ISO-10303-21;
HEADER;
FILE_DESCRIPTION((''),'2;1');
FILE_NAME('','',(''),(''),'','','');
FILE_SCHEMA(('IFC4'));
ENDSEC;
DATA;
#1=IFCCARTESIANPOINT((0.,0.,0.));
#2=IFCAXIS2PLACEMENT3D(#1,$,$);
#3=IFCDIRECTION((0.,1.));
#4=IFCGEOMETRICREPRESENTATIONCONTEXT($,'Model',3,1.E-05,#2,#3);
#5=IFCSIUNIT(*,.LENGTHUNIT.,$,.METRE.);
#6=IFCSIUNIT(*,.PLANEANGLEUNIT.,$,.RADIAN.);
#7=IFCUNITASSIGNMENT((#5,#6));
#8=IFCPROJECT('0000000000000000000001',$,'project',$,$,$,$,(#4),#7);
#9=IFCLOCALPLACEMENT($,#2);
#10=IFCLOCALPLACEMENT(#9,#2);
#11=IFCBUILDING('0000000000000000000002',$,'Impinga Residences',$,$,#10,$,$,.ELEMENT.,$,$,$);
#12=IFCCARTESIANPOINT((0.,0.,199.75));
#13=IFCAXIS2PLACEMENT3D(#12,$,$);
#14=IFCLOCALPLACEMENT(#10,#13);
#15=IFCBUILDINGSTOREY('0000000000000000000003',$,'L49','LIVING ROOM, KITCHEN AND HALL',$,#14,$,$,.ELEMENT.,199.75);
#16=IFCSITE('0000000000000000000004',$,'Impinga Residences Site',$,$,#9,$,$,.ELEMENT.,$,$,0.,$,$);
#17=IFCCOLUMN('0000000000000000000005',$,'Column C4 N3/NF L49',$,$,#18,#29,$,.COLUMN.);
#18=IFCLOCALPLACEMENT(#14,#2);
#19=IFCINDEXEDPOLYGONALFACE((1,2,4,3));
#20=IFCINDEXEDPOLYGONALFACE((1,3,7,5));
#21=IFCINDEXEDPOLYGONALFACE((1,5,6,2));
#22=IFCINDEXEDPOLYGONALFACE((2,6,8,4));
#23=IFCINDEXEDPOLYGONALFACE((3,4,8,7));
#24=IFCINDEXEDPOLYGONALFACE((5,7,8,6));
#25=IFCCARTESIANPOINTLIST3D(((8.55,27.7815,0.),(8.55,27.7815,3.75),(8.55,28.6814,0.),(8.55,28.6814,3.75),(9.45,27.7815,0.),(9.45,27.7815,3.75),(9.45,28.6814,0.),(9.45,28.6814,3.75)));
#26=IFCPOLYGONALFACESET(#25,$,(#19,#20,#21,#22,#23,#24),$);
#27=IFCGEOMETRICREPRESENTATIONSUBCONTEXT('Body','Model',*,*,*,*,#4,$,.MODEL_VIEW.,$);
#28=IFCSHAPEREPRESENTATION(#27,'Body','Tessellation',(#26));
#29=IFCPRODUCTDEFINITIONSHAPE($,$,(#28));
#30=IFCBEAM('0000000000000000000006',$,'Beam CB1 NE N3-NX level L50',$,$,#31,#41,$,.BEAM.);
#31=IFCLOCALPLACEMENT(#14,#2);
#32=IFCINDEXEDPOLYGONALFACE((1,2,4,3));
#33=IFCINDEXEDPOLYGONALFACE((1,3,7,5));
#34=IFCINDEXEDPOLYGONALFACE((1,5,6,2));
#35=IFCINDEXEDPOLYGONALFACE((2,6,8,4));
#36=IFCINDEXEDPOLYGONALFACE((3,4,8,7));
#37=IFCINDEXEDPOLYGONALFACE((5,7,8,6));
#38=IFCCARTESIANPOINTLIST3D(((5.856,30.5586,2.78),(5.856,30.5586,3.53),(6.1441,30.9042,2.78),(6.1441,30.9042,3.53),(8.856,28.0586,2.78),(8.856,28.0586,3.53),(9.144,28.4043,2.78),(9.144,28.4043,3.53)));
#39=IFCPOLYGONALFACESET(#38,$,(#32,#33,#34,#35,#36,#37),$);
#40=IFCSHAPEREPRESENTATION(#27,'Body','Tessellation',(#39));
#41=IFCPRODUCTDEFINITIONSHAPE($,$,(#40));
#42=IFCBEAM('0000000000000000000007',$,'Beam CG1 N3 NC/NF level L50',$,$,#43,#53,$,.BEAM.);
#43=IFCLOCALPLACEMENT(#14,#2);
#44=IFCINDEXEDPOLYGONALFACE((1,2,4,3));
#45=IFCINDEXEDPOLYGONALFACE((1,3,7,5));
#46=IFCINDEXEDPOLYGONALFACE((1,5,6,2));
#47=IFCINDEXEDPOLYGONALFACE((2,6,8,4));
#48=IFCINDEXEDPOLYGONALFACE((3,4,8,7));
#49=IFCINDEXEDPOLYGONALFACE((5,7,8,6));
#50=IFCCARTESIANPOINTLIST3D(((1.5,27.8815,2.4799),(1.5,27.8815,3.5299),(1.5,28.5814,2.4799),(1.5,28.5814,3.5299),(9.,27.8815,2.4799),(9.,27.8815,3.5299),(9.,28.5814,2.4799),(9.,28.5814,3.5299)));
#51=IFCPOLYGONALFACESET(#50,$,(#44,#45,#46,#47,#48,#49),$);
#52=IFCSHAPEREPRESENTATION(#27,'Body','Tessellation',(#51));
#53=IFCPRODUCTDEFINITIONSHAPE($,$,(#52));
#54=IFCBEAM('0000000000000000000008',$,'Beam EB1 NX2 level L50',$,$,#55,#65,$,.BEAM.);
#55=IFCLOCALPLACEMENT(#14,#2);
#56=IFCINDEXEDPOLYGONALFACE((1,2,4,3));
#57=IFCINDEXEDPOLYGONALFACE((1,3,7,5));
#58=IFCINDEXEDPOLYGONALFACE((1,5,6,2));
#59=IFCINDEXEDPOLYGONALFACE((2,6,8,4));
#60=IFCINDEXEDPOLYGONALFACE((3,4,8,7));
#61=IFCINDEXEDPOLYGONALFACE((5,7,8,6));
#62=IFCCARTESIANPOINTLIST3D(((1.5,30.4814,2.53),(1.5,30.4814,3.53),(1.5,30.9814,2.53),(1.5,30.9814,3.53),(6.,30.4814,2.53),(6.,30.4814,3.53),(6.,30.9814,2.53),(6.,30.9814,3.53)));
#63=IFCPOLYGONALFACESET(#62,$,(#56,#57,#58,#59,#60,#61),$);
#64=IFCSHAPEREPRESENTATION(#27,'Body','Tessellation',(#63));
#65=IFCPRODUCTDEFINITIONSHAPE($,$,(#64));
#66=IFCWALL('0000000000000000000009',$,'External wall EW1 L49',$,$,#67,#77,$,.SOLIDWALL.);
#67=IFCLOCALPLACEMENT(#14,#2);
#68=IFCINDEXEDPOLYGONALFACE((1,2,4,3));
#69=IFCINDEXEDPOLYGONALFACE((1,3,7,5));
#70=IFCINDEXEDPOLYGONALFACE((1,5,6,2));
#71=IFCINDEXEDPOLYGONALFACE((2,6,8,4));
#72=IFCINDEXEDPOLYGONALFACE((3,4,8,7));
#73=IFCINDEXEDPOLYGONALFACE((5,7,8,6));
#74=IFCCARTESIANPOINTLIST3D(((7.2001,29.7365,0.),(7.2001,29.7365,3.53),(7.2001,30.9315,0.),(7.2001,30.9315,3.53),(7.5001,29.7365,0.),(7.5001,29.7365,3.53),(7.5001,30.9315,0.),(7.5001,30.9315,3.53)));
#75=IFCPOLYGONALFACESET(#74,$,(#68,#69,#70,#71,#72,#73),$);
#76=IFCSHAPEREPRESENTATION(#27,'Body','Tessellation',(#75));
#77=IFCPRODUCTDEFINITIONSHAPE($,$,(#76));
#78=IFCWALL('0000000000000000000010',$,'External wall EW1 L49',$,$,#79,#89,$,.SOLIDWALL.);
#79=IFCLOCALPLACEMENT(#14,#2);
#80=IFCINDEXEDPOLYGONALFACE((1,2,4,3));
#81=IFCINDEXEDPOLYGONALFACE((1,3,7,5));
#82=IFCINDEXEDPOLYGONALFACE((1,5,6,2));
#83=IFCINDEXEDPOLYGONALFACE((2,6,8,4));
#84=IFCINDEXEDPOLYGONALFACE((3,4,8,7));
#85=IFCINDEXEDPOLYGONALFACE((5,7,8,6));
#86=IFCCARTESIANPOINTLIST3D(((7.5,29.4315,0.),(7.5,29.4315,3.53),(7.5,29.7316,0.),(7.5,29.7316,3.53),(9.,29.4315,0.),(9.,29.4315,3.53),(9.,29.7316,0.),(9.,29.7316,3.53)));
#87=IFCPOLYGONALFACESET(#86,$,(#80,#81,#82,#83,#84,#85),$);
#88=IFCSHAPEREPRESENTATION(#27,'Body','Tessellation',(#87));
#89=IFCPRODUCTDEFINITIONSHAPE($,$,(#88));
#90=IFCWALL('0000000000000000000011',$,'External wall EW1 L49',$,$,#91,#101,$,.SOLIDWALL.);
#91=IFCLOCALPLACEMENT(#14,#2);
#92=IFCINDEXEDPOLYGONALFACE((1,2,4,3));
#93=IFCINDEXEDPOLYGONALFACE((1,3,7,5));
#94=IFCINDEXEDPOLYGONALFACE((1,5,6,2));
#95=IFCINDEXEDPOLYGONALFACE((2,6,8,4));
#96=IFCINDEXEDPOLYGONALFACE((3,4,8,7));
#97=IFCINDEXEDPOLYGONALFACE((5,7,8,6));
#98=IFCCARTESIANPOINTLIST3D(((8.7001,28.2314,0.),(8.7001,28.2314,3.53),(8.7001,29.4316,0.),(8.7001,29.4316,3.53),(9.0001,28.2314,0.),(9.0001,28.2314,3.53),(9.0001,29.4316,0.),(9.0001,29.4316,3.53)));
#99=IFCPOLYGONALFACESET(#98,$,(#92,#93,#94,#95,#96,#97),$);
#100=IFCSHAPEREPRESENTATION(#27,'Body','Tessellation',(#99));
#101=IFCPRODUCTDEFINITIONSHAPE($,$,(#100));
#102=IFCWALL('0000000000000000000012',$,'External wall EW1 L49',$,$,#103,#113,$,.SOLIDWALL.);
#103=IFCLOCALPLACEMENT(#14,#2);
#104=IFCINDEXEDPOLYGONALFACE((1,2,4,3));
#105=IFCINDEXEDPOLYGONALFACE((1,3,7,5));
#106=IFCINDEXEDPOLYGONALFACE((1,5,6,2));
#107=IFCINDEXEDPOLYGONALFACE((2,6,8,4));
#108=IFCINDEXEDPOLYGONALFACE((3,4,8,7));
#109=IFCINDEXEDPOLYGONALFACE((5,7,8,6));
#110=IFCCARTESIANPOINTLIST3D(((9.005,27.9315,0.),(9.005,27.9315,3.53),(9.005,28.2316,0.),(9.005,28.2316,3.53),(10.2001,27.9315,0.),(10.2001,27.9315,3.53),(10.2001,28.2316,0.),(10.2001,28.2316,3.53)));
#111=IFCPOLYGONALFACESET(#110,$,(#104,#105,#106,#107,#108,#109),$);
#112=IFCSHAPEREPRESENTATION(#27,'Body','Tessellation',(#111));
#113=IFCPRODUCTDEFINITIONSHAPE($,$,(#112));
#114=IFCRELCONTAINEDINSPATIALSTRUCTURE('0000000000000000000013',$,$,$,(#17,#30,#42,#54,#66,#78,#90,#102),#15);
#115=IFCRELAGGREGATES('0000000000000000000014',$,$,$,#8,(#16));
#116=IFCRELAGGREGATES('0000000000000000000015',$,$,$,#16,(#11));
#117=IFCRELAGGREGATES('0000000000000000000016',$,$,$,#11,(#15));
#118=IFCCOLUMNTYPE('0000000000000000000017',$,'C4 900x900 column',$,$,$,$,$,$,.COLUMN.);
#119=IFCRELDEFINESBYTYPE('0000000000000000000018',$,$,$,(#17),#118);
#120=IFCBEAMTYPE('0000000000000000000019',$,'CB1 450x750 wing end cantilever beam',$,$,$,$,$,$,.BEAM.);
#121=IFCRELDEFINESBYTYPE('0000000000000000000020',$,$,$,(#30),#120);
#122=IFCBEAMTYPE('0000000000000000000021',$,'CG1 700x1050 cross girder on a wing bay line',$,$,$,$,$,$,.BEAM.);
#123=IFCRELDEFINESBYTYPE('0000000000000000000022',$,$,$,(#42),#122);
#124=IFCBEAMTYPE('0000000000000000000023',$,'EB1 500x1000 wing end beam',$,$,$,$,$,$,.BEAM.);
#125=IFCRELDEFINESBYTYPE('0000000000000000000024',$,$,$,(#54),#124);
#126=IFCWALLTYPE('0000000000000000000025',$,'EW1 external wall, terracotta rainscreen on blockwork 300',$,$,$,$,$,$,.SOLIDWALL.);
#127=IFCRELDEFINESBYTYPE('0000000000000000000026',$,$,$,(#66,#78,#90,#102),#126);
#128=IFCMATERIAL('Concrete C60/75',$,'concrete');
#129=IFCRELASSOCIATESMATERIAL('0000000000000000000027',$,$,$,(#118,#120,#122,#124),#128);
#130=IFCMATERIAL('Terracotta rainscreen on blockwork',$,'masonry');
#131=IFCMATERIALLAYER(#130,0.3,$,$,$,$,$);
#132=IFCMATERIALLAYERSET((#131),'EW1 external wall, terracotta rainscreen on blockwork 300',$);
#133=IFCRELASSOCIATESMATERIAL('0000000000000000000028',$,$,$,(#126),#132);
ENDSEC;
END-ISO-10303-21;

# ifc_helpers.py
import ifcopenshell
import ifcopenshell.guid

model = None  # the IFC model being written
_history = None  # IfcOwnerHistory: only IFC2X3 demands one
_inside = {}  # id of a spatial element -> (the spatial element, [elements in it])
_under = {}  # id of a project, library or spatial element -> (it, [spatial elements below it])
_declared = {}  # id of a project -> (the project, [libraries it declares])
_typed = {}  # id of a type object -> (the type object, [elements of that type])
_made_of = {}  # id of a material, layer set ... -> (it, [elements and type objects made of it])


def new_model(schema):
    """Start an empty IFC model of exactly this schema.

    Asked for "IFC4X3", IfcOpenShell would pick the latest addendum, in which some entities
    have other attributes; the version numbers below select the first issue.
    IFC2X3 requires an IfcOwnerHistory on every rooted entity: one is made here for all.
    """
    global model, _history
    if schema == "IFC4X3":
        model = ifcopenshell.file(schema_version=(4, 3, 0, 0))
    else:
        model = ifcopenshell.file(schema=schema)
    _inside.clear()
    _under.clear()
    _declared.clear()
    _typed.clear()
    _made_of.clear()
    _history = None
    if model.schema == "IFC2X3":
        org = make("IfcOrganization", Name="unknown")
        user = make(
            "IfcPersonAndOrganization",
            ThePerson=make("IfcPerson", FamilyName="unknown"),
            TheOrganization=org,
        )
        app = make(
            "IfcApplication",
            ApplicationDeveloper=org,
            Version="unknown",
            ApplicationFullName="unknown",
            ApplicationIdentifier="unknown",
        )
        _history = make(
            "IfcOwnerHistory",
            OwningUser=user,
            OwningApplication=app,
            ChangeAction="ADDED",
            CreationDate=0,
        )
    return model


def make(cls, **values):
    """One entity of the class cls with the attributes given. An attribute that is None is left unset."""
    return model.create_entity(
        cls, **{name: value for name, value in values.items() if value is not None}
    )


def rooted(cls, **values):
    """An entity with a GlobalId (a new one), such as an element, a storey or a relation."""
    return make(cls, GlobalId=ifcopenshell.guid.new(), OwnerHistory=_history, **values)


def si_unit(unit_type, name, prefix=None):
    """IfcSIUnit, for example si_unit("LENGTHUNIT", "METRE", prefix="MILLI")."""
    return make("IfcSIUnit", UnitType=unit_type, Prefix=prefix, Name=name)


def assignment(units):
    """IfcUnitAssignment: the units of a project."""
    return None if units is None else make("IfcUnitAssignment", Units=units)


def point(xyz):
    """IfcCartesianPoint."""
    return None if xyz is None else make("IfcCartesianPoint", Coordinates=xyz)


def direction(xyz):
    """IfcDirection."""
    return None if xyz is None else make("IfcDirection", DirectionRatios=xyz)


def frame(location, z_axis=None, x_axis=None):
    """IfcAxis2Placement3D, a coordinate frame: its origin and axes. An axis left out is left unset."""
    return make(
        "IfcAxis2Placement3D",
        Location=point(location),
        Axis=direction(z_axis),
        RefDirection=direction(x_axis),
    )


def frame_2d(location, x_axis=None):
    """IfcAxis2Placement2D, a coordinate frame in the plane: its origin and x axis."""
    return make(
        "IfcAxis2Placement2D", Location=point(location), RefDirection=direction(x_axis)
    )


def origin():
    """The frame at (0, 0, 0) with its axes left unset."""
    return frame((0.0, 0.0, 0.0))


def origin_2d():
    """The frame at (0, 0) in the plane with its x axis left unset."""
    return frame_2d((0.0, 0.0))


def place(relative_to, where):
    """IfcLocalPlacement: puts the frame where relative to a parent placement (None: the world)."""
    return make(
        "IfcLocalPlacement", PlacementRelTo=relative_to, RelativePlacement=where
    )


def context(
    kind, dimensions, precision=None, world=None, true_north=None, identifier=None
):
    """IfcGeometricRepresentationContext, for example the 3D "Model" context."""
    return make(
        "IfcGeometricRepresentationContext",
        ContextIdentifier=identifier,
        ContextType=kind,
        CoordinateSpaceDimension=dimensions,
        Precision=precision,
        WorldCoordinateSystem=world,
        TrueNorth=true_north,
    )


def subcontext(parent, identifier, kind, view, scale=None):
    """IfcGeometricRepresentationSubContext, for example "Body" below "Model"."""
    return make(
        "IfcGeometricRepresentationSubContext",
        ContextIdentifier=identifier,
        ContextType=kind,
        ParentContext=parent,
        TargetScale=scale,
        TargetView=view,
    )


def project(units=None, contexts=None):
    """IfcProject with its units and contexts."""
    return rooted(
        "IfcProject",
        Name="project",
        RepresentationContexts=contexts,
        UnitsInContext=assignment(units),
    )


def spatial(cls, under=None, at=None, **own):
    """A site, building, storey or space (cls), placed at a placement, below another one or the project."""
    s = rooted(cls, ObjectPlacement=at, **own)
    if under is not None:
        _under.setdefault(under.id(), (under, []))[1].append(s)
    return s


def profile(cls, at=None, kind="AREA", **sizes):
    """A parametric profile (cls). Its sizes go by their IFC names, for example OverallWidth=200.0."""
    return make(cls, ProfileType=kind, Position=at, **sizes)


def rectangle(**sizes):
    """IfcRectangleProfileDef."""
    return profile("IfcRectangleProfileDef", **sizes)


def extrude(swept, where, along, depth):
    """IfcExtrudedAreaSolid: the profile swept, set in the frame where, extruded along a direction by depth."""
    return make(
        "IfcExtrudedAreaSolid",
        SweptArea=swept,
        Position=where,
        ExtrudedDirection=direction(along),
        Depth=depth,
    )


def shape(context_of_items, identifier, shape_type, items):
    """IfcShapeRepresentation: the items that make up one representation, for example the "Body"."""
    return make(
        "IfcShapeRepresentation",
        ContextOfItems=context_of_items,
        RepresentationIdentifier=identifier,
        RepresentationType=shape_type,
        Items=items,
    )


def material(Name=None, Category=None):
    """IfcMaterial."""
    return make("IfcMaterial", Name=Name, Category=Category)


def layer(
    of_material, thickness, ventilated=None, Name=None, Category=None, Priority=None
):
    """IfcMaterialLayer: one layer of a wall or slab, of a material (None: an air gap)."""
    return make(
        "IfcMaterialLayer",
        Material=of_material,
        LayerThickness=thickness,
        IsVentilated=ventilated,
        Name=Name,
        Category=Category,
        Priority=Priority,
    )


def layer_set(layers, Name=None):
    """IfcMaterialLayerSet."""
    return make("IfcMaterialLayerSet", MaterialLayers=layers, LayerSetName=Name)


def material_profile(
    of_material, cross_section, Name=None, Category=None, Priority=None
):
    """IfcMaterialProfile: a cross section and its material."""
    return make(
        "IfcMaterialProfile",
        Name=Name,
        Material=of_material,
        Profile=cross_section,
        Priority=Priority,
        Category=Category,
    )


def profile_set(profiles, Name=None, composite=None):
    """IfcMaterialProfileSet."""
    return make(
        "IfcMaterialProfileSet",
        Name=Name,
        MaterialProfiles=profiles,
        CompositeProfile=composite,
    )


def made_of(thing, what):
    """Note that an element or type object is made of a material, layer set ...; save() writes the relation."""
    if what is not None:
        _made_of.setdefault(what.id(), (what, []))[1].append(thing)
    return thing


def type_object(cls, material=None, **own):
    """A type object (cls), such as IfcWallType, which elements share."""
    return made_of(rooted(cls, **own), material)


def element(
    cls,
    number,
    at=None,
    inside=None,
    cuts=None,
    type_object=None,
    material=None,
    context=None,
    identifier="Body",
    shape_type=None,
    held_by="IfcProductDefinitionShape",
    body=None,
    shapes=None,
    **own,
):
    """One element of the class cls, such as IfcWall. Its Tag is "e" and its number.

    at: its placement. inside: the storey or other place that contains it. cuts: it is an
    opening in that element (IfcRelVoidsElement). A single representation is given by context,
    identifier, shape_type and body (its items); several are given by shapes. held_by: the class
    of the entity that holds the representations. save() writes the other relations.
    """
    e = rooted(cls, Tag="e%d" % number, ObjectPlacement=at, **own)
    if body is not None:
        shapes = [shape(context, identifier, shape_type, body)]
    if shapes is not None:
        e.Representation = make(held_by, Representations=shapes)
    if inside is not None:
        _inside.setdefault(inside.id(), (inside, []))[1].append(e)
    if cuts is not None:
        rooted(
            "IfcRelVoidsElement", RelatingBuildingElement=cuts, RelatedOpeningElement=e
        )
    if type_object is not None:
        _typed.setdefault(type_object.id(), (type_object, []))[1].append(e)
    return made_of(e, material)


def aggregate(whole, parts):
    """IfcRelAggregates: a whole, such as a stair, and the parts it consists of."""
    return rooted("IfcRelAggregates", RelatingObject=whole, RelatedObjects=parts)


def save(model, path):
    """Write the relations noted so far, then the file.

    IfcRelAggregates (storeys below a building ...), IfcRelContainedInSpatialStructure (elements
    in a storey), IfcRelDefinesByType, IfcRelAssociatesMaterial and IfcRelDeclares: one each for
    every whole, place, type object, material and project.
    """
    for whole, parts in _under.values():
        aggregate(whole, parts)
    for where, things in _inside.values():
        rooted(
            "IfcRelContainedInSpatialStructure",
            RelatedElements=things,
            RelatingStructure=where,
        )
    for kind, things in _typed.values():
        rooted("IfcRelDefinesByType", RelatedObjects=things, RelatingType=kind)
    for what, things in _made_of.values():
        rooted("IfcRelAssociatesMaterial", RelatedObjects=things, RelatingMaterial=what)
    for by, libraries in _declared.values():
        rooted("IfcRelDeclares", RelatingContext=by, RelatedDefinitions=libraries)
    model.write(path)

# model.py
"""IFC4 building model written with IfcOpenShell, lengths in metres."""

from ifc_helpers import new_model, si_unit, direction, frame, frame_2d, origin, origin_2d, place, context, subcontext, project, spatial, rectangle, extrude, material, layer, layer_set, material_profile, profile_set, type_object, element, save


model = new_model("IFC4")

# Units and contexts
model_context = context("Model", 3, precision=1e-05, world=origin(), true_north=direction((0.0, 1.0)))
body_context = subcontext(model_context, "Body", "Model", "MODEL_VIEW")
ifc_project = project(units=[si_unit("LENGTHUNIT", "METRE"), si_unit("PLANEANGLEUNIT", "RADIAN")], contexts=[model_context])

# Site, building, storey
site_placement = place(None, origin())
site = spatial("IfcSite", under=ifc_project, at=site_placement, Name="Impinga Residences Site", CompositionType="ELEMENT", RefElevation=0.0)
building_placement = place(site_placement, origin())
building = spatial("IfcBuilding", under=site, at=building_placement, Name="Impinga Residences", CompositionType="ELEMENT")
storey_placement = place(building_placement, frame((0.0, 0.0, 199.75)))
storey = spatial("IfcBuildingStorey", under=building, at=storey_placement, Name="L49", Description="LIVING ROOM, KITCHEN AND HALL", CompositionType="ELEMENT", Elevation=199.75)

# Column
ifc_material_1 = material(Name="Concrete C60/75", Category="concrete")
ifc_material_profile_1 = material_profile(ifc_material_1, rectangle(XDim=0.8999, YDim=0.8999, at=origin_2d()), Name="RC 900x900")
ifc_profile_set_1 = profile_set([ifc_material_profile_1], Name="Concrete C60/75")
column_type = type_object("IfcColumnType", Name="C4 900x900 column", PredefinedType="COLUMN", material=ifc_profile_set_1)
column_placement = place(storey_placement, frame((9.0, 28.2314, 0.0), z_axis=(0.0, 0.0, 1.0), x_axis=(1.0, 0.0, 0.0)))
element("IfcColumn", 1, at=column_placement, inside=storey, type_object=column_type, Name="Column C4 N3/NF L49", PredefinedType="COLUMN", context=body_context, shape_type="SweptSolid", body=[
    extrude(rectangle(XDim=0.8999, YDim=0.8999, at=origin_2d()), origin(), (0.0, 0.0, 1.0), 3.75),
])

# Beams
ifc_material_profile_2 = material_profile(ifc_material_1, rectangle(XDim=0.45, YDim=0.75, at=origin_2d()), Name="RC 450x750")
ifc_profile_set_2 = profile_set([ifc_material_profile_2], Name="Concrete C60/75")
beam_type_1 = type_object("IfcBeamType", Name="CB1 450x750 wing end cantilever beam", PredefinedType="BEAM", material=ifc_profile_set_2)
beam_1_placement = place(storey_placement, frame((9.0, 28.2314, 3.155), z_axis=(-0.768221, 0.640184, 0.0), x_axis=(-0.640184, -0.768221, 0.0)))
element("IfcBeam", 2, at=beam_1_placement, inside=storey, type_object=beam_type_1, Name="Beam CB1 NE N3-NX level L50", PredefinedType="BEAM", context=body_context, shape_type="SweptSolid", body=[
    extrude(rectangle(XDim=0.45, YDim=0.75, at=origin_2d()), origin(), (0.0, 0.0, 1.0), 3.905),
])
ifc_material_profile_3 = material_profile(ifc_material_1, rectangle(XDim=0.7, YDim=1.05, at=origin_2d()), Name="RC 700x1050")
ifc_profile_set_3 = profile_set([ifc_material_profile_3], Name="Concrete C60/75")
beam_type_2 = type_object("IfcBeamType", Name="CG1 700x1050 cross girder on a wing bay line", PredefinedType="BEAM", material=ifc_profile_set_3)
beam_2_placement = place(storey_placement, frame((1.5, 28.2314, 3.0049), z_axis=(1.0, 0.0, 0.0), x_axis=(0.0, 1.0, 0.0)))
element("IfcBeam", 3, at=beam_2_placement, inside=storey, type_object=beam_type_2, Name="Beam CG1 N3 NC/NF level L50", PredefinedType="BEAM", context=body_context, shape_type="SweptSolid", body=[
    extrude(rectangle(XDim=0.7, YDim=1.05, at=origin_2d()), origin(), (0.0, 0.0, 1.0), 7.5),
])
ifc_material_profile_4 = material_profile(ifc_material_1, rectangle(XDim=0.5, YDim=1.0, at=origin_2d()), Name="RC 500x1000")
ifc_profile_set_4 = profile_set([ifc_material_profile_4], Name="Concrete C60/75")
beam_type_3 = type_object("IfcBeamType", Name="EB1 500x1000 wing end beam", PredefinedType="BEAM", material=ifc_profile_set_4)
beam_3_placement = place(storey_placement, frame((1.5, 30.7314, 3.03), z_axis=(1.0, 0.0, 0.0), x_axis=(0.0, 1.0, 0.0)))
element("IfcBeam", 4, at=beam_3_placement, inside=storey, type_object=beam_type_3, Name="Beam EB1 NX2 level L50", PredefinedType="BEAM", context=body_context, shape_type="SweptSolid", body=[
    extrude(rectangle(XDim=0.5, YDim=1.0, at=origin_2d()), origin(), (0.0, 0.0, 1.0), 4.5),
])

# Walls
ifc_material_2 = material(Name="Terracotta rainscreen on blockwork", Category="masonry")
ifc_layer_1 = layer(ifc_material_2, 0.3)
ifc_layer_set_1 = layer_set([ifc_layer_1], Name="EW1 external wall, terracotta rainscreen on blockwork 300")
wall_type_1 = type_object("IfcWallType", Name="EW1 external wall, terracotta rainscreen on blockwork 300", PredefinedType="SOLIDWALL", material=ifc_layer_set_1)
wall_1_placement = place(storey_placement, frame((7.3501, 30.9316, 0.0), z_axis=(0.0, 0.0, 1.0), x_axis=(0.0, -1.0, 0.0)))
element("IfcWall", 5, at=wall_1_placement, inside=storey, type_object=wall_type_1, Name="External wall EW1 L49", PredefinedType="SOLIDWALL", context=body_context, shape_type="SweptSolid", body=[
    extrude(rectangle(XDim=1.1951, YDim=0.3, at=frame_2d((0.5977, 0.0))), origin(), (0.0, 0.0, 1.0), 3.53),
])
wall_2_placement = place(storey_placement, frame((7.5, 29.5815, 0.0), z_axis=(0.0, 0.0, 1.0), x_axis=(1.0, 0.0, 0.0)))
element("IfcWall", 6, at=wall_2_placement, inside=storey, type_object=wall_type_1, Name="External wall EW1 L49", PredefinedType="SOLIDWALL", context=body_context, shape_type="SweptSolid", body=[
    extrude(rectangle(XDim=1.5, YDim=0.3, at=frame_2d((0.75, 0.0))), origin(), (0.0, 0.0, 1.0), 3.53),
])
wall_3_placement = place(storey_placement, frame((8.8501, 29.4316, 0.0), z_axis=(0.0, 0.0, 1.0), x_axis=(0.0, -1.0, 0.0)))
element("IfcWall", 7, at=wall_3_placement, inside=storey, type_object=wall_type_1, Name="External wall EW1 L49", PredefinedType="SOLIDWALL", context=body_context, shape_type="SweptSolid", body=[
    extrude(rectangle(XDim=1.2002, YDim=0.3, at=frame_2d((0.6001, 0.0))), origin(), (0.0, 0.0, 1.0), 3.53),
])
wall_4_placement = place(storey_placement, frame((9.0049, 28.0815, 0.0), z_axis=(0.0, 0.0, 1.0), x_axis=(1.0, 0.0, 0.0)))
element("IfcWall", 8, at=wall_4_placement, inside=storey, type_object=wall_type_1, Name="External wall EW1 L49", PredefinedType="SOLIDWALL", context=body_context, shape_type="SweptSolid", body=[
    extrude(rectangle(XDim=1.1951, YDim=0.3, at=frame_2d((0.5977, 0.0))), origin(), (0.0, 0.0, 1.0), 3.53),
])

save(model, "model.ifc")
